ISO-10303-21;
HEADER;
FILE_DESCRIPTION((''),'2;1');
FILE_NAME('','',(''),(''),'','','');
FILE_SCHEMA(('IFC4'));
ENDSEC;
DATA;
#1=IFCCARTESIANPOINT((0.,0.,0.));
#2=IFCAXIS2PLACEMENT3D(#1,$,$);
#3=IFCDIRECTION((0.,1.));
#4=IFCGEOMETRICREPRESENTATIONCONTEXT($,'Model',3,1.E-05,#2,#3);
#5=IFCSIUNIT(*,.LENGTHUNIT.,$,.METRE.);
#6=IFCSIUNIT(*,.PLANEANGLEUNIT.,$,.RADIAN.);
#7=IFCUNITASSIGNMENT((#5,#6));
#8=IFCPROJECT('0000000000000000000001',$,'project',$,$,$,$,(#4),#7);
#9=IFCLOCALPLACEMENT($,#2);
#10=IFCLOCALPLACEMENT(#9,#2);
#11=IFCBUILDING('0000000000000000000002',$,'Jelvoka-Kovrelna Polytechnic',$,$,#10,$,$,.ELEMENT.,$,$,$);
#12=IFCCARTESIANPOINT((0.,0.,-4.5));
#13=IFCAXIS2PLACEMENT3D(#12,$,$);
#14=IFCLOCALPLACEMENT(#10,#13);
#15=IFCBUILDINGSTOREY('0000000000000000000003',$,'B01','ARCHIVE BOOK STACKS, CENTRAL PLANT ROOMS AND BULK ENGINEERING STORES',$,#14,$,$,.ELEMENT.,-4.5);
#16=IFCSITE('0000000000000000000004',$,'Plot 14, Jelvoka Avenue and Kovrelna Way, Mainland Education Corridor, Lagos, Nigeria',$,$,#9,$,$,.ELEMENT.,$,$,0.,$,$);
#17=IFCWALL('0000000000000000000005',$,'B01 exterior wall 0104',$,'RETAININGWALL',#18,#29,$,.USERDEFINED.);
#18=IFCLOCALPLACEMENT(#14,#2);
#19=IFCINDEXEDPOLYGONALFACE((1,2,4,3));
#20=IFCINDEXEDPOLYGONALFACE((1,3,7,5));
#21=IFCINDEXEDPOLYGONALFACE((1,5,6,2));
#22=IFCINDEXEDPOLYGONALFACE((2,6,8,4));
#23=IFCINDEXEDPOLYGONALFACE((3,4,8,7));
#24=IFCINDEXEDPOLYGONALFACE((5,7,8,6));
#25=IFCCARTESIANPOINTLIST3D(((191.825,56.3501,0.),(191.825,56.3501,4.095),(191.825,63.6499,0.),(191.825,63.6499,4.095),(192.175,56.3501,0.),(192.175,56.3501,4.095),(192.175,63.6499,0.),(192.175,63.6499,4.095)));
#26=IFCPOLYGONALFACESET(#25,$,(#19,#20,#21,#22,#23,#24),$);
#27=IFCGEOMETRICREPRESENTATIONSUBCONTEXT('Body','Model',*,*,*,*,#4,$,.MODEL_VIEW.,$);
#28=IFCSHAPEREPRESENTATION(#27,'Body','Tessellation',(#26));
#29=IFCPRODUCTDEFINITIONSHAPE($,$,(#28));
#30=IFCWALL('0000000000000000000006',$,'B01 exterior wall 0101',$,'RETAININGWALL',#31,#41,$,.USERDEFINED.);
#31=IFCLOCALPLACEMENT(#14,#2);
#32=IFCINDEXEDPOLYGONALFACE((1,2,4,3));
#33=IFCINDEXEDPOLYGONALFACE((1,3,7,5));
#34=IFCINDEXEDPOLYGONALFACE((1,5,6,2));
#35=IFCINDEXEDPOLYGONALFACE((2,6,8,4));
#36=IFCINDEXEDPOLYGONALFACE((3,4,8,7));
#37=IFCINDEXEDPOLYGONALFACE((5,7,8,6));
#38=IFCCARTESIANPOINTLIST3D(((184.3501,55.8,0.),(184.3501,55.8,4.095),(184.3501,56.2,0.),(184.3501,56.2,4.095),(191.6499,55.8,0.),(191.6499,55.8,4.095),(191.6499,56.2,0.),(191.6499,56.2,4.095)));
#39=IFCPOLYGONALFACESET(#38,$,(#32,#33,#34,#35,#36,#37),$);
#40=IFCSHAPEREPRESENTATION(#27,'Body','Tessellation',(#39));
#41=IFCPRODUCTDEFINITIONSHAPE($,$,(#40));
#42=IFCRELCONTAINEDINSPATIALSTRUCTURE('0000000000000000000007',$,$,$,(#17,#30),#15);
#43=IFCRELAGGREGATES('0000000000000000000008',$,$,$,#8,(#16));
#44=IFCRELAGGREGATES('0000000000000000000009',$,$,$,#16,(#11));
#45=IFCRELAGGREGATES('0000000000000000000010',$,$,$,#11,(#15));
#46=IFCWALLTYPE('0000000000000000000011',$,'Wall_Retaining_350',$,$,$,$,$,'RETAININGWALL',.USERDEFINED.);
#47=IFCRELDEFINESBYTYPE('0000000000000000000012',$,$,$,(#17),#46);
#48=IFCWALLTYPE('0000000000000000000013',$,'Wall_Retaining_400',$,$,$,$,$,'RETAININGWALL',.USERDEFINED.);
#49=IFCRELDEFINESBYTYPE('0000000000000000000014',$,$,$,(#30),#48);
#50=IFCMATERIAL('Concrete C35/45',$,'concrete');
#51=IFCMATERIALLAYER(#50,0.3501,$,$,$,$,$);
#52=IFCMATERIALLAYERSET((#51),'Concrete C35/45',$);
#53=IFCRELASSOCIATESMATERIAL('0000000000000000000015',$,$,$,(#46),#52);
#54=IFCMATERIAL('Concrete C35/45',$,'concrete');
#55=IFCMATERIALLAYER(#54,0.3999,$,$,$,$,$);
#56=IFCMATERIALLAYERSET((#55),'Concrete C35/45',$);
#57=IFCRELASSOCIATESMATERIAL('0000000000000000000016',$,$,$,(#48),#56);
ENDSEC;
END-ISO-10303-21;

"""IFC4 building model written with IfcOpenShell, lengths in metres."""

from ifc_helpers import new_model, si_unit, direction, frame, frame_2d, origin, place, context, subcontext, project, spatial, rectangle, extrude, material, layer, layer_set, type_object, element, save


model = new_model("IFC4")

# Units and contexts
model_context = context("Model", 3, precision=1e-05, world=origin(), true_north=direction((0.0, 1.0)))
body_context = subcontext(model_context, "Body", "Model", "MODEL_VIEW")
ifc_project = project(units=[si_unit("LENGTHUNIT", "METRE"), si_unit("PLANEANGLEUNIT", "RADIAN")], contexts=[model_context])

# Site, building, storey
site_placement = place(None, origin())
site = spatial("IfcSite", under=ifc_project, at=site_placement, Name="Plot 14, Jelvoka Avenue and Kovrelna Way, Mainland Education Corridor, Lagos, Nigeria", CompositionType="ELEMENT", RefElevation=0.0)
building_placement = place(site_placement, origin())
building = spatial("IfcBuilding", under=site, at=building_placement, Name="Jelvoka-Kovrelna Polytechnic", CompositionType="ELEMENT")
storey_placement = place(building_placement, frame((0.0, 0.0, -4.5)))
storey = spatial("IfcBuildingStorey", under=building, at=storey_placement, Name="B01", Description="ARCHIVE BOOK STACKS, CENTRAL PLANT ROOMS AND BULK ENGINEERING STORES", CompositionType="ELEMENT", Elevation=-4.5)

# Walls
ifc_material_1 = material(Name="Concrete C35/45", Category="concrete")
ifc_layer_1 = layer(ifc_material_1, 0.3501)
ifc_layer_set_1 = layer_set([ifc_layer_1], Name="Concrete C35/45")
wall_type_1 = type_object("IfcWallType", Name="Wall_Retaining_350", ElementType="RETAININGWALL", PredefinedType="USERDEFINED", material=ifc_layer_set_1)
wall_1_placement = place(storey_placement, frame((192.0, 63.6499, 0.0), z_axis=(0.0, 0.0, 1.0), x_axis=(0.0, -1.0, 0.0)))
element("IfcWall", 1, at=wall_1_placement, inside=storey, type_object=wall_type_1, Name="B01 exterior wall 0104", ObjectType="RETAININGWALL", PredefinedType="USERDEFINED", context=body_context, shape_type="SweptSolid", body=[
    extrude(rectangle(XDim=7.2998, YDim=0.3501, at=frame_2d((3.6499, 0.0))), origin(), (0.0, 0.0, 1.0), 4.095),
])
ifc_material_2 = material(Name="Concrete C35/45", Category="concrete")
ifc_layer_2 = layer(ifc_material_2, 0.3999)
ifc_layer_set_2 = layer_set([ifc_layer_2], Name="Concrete C35/45")
wall_type_2 = type_object("IfcWallType", Name="Wall_Retaining_400", ElementType="RETAININGWALL", PredefinedType="USERDEFINED", material=ifc_layer_set_2)
wall_2_placement = place(storey_placement, frame((191.6499, 56.0, 0.0), z_axis=(0.0, 0.0, 1.0), x_axis=(-1.0, 0.0, 0.0)))
element("IfcWall", 2, at=wall_2_placement, inside=storey, type_object=wall_type_2, Name="B01 exterior wall 0101", ObjectType="RETAININGWALL", PredefinedType="USERDEFINED", context=body_context, shape_type="SweptSolid", body=[
    extrude(rectangle(XDim=7.2998, YDim=0.3999, at=frame_2d((3.6499, 0.0))), origin(), (0.0, 0.0, 1.0), 4.095),
])

save(model, "model.ifc")
